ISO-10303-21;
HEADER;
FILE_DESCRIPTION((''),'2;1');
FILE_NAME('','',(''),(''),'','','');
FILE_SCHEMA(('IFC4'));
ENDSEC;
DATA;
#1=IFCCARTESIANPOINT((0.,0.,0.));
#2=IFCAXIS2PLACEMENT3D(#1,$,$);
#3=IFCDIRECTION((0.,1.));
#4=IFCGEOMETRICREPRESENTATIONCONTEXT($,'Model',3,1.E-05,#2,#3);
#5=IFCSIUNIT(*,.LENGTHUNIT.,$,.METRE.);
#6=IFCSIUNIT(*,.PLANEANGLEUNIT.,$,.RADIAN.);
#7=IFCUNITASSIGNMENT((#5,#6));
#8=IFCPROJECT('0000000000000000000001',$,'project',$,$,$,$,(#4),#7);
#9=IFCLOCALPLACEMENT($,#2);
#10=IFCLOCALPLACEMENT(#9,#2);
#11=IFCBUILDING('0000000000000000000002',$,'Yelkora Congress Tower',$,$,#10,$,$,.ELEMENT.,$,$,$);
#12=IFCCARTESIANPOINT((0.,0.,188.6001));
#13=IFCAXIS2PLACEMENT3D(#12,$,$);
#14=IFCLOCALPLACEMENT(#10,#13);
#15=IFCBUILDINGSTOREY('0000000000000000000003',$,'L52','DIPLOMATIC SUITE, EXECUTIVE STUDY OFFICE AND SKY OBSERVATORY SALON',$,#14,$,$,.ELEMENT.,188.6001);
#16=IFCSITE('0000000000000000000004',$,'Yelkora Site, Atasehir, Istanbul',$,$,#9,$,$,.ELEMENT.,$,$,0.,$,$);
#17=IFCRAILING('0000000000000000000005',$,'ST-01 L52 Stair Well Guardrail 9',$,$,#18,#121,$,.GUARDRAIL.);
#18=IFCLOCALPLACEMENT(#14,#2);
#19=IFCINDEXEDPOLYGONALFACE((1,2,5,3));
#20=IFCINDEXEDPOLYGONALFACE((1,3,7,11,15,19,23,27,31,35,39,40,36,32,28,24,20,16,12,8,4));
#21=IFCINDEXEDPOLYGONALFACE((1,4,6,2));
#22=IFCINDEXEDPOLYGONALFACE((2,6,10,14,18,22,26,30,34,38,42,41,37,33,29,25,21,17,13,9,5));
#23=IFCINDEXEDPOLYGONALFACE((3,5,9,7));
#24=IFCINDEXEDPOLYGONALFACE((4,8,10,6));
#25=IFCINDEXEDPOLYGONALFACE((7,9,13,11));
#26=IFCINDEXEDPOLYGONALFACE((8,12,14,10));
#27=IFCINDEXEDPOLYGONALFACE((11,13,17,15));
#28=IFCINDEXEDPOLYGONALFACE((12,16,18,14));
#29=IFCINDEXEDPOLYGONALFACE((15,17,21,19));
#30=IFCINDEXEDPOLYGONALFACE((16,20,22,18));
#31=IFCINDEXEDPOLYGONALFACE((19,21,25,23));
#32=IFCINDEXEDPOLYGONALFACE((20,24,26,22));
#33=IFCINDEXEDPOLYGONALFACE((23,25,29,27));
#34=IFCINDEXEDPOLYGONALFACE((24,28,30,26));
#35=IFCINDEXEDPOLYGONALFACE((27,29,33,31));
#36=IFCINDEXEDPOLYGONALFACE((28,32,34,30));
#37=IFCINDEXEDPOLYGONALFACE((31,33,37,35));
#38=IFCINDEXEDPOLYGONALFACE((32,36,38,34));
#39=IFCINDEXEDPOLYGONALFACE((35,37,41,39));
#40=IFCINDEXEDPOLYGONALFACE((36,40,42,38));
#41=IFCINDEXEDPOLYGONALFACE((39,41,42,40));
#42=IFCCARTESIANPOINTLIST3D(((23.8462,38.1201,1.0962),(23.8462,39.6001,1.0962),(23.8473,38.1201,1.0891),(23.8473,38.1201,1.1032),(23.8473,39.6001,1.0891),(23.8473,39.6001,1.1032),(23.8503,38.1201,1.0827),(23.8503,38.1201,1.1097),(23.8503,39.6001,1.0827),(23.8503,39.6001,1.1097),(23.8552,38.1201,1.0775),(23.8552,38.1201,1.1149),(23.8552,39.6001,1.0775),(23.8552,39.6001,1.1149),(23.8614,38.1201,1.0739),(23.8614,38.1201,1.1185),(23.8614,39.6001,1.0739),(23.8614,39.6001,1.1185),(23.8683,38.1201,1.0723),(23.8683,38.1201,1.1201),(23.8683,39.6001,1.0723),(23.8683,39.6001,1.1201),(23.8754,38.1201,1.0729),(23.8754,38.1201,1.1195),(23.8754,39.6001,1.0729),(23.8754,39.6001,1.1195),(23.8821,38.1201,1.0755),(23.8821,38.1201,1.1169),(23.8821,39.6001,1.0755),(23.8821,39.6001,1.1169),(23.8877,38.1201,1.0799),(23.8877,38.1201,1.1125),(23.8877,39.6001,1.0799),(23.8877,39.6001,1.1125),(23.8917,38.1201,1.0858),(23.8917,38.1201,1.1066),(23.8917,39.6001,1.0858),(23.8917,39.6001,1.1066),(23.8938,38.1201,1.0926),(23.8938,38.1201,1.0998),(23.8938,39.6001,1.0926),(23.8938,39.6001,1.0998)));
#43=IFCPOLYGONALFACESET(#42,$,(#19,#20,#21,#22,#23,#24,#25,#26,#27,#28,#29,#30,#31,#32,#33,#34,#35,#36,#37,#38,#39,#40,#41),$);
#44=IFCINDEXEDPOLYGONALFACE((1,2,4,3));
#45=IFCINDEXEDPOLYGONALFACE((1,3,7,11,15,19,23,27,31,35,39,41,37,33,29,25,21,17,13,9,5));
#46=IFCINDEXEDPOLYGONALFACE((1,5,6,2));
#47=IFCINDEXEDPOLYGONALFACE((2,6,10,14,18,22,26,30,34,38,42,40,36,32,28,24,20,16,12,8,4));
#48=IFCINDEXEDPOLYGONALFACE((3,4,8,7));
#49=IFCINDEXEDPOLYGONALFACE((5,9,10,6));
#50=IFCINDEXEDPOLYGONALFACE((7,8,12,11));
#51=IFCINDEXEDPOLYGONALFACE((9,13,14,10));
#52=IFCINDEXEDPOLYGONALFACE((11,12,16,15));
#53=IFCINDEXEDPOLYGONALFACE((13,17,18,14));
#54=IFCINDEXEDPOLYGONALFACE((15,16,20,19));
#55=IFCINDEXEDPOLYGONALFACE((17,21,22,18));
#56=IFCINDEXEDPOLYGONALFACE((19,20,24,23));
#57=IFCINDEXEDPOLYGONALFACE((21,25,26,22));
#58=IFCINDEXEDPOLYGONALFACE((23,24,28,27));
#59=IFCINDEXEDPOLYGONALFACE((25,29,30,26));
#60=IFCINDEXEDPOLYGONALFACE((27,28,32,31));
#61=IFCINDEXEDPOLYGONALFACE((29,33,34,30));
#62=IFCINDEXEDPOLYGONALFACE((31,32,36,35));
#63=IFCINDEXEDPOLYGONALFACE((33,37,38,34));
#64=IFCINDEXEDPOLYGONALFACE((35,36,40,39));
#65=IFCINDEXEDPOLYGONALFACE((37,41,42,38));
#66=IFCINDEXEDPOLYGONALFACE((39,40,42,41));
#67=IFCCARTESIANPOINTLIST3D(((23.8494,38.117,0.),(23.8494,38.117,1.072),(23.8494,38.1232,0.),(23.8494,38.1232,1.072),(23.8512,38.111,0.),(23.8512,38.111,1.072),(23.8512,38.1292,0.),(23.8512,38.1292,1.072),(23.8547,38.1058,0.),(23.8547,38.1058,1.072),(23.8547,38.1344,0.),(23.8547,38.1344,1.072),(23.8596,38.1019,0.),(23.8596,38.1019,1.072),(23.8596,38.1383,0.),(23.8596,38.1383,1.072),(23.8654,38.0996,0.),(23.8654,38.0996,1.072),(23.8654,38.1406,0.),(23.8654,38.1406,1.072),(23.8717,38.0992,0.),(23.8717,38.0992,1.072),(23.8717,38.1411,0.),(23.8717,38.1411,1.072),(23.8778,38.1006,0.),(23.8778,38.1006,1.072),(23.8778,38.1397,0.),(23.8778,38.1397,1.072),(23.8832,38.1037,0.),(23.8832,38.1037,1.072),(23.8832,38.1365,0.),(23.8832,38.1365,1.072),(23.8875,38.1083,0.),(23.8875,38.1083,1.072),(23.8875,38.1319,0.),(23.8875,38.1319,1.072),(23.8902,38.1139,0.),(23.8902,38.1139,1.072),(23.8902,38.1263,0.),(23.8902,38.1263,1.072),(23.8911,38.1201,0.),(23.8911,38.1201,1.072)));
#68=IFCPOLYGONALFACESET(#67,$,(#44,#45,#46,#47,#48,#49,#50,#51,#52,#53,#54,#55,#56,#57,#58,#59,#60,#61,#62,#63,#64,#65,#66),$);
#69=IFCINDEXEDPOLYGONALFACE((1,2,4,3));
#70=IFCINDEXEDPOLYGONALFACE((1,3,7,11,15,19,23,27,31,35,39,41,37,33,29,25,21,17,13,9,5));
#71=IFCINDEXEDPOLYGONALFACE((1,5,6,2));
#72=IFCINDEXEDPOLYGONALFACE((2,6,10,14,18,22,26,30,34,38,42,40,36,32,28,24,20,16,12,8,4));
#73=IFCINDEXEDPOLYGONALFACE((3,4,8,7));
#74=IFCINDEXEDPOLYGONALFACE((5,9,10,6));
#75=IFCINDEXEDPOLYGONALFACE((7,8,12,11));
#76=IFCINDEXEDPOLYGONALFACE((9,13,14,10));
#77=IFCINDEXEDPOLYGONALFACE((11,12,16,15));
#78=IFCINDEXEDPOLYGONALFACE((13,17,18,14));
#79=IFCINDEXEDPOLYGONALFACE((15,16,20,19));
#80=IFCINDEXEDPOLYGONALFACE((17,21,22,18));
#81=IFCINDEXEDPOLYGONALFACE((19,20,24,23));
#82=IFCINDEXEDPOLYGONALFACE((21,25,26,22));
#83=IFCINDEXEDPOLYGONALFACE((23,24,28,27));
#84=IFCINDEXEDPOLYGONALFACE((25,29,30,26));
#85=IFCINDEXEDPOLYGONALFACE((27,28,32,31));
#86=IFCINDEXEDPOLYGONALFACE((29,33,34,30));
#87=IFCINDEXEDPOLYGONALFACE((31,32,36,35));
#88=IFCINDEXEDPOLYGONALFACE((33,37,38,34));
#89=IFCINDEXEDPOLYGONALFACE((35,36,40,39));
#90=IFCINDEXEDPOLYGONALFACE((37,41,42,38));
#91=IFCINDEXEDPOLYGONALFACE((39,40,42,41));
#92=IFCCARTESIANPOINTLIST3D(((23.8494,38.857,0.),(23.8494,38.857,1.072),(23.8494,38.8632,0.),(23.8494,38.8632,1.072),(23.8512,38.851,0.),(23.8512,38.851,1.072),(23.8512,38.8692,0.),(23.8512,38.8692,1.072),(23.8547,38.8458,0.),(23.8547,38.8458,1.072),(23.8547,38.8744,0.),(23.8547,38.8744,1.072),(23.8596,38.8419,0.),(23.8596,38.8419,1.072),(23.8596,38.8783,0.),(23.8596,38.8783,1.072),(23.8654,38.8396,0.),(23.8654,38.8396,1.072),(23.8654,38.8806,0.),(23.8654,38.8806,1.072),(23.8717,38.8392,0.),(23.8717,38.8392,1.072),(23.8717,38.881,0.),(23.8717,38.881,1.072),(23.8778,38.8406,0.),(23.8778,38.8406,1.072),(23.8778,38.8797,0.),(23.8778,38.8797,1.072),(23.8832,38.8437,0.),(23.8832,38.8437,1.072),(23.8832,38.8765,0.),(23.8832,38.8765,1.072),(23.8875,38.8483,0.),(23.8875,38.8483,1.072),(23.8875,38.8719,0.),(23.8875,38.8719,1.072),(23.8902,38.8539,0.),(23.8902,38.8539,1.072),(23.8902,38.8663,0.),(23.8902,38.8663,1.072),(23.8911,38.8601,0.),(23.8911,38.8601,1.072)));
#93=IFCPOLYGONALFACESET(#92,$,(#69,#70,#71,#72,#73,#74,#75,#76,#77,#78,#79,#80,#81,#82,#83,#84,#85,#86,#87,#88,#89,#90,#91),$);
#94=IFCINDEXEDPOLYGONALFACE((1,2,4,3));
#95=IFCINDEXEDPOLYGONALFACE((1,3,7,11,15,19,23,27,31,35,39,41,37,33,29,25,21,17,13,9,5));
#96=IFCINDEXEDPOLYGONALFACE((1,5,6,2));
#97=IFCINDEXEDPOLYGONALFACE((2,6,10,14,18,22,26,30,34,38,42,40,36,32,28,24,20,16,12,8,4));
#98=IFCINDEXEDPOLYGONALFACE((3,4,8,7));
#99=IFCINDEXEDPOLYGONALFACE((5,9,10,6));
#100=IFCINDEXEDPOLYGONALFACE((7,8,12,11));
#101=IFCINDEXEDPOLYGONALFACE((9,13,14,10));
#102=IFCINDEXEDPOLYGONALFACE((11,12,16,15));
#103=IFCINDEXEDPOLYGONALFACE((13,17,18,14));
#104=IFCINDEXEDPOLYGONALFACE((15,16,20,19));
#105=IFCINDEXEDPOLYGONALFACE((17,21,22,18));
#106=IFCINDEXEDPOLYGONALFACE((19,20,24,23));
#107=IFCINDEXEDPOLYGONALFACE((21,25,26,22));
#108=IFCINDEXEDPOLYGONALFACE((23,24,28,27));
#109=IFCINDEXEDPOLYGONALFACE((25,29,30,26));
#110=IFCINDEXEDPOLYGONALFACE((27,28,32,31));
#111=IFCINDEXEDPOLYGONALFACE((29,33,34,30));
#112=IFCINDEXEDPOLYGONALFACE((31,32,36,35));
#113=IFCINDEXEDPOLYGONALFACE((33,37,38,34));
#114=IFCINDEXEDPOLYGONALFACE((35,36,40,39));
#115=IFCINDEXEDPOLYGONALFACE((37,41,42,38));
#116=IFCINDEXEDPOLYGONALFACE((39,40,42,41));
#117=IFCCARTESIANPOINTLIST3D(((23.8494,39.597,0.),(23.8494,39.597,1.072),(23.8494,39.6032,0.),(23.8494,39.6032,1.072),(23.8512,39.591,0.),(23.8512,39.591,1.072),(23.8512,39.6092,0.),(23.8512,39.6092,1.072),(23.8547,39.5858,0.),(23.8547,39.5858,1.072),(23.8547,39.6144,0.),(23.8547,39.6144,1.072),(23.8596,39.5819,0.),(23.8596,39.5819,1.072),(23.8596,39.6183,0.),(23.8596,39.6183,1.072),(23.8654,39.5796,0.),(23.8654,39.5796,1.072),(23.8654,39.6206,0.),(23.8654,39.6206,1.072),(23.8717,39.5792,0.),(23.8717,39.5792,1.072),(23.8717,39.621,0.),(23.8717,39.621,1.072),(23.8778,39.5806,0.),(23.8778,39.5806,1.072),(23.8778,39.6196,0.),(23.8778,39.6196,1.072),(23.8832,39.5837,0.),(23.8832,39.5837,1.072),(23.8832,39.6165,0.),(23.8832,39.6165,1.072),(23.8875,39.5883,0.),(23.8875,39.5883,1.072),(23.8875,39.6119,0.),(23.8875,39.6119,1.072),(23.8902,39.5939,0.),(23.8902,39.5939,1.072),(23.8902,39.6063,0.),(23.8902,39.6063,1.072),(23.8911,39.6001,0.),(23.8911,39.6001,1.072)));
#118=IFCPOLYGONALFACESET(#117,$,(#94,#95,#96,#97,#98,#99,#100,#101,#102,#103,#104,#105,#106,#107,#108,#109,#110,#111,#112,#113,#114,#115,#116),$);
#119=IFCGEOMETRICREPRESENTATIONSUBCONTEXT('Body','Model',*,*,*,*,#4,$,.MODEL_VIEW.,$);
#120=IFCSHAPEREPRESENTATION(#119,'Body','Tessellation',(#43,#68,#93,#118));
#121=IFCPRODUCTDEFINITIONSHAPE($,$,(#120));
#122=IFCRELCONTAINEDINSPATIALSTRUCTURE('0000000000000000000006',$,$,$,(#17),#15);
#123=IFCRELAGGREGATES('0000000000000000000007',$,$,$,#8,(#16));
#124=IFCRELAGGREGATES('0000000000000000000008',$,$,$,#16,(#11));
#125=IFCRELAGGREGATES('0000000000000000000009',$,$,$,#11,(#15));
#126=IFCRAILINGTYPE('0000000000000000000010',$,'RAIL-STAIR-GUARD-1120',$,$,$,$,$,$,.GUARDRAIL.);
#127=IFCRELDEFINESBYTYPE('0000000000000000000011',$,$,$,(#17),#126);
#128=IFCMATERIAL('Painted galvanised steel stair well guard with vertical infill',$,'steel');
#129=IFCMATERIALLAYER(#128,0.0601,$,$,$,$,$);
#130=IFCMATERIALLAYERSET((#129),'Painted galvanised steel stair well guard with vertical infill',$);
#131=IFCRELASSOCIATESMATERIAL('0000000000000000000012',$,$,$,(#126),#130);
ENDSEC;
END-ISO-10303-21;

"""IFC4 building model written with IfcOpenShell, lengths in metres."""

from ifc_helpers import new_model, si_unit, direction, frame, origin, origin_2d, place, context, subcontext, project, spatial, circle, extrude, material, layer, layer_set, type_object, element, save


model = new_model("IFC4")

# Units and contexts
model_context = context("Model", 3, precision=1e-05, world=origin(), true_north=direction((0.0, 1.0)))
body_context = subcontext(model_context, "Body", "Model", "MODEL_VIEW")
ifc_project = project(units=[si_unit("LENGTHUNIT", "METRE"), si_unit("PLANEANGLEUNIT", "RADIAN")], contexts=[model_context])

# Site, building, storey
site_placement = place(None, origin())
site = spatial("IfcSite", under=ifc_project, at=site_placement, Name="Yelkora Site, Atasehir, Istanbul", CompositionType="ELEMENT", RefElevation=0.0)
building_placement = place(site_placement, origin())
building = spatial("IfcBuilding", under=site, at=building_placement, Name="Yelkora Congress Tower", CompositionType="ELEMENT")
storey_placement = place(building_placement, frame((0.0, 0.0, 188.6001)))
storey = spatial("IfcBuildingStorey", under=building, at=storey_placement, Name="L52", Description="DIPLOMATIC SUITE, EXECUTIVE STUDY OFFICE AND SKY OBSERVATORY SALON", CompositionType="ELEMENT", Elevation=188.6001)

# Railing
ifc_material_1 = material(Name="Painted galvanised steel stair well guard with vertical infill", Category="steel")
ifc_layer_1 = layer(ifc_material_1, 0.0601)
ifc_layer_set_1 = layer_set([ifc_layer_1], Name="Painted galvanised steel stair well guard with vertical infill")
railing_type_1 = type_object("IfcRailingType", Name="RAIL-STAIR-GUARD-1120", PredefinedType="GUARDRAIL", material=ifc_layer_set_1)
for number, where, name in (
    (1, (23.8701, 38.1201, 0.0), "ST-01 L52 Stair Well Guardrail 9"),
):
    element("IfcRailing", number, at=place(storey_placement, frame(where)), inside=storey, type_object=railing_type_1, Name=name, PredefinedType="GUARDRAIL", context=body_context, shape_type="SweptSolid", body=[
        extrude(circle(Radius=0.0239, at=origin_2d()), frame((0.0, 0.0, 1.0962), z_axis=(0.0, 1.0, 0.0), x_axis=(-1.0, 0.0, 0.0)), (0.0, 0.0, 1.0), 1.48),
        extrude(circle(Radius=0.021, at=origin_2d()), origin(), (0.0, 0.0, 1.0), 1.072),
        extrude(circle(Radius=0.021, at=origin_2d()), frame((0.0, 0.74, 0.0)), (0.0, 0.0, 1.0), 1.072),
        extrude(circle(Radius=0.021, at=origin_2d()), frame((0.0, 1.48, 0.0)), (0.0, 0.0, 1.0), 1.072),
    ])

save(model, "model.ifc")
